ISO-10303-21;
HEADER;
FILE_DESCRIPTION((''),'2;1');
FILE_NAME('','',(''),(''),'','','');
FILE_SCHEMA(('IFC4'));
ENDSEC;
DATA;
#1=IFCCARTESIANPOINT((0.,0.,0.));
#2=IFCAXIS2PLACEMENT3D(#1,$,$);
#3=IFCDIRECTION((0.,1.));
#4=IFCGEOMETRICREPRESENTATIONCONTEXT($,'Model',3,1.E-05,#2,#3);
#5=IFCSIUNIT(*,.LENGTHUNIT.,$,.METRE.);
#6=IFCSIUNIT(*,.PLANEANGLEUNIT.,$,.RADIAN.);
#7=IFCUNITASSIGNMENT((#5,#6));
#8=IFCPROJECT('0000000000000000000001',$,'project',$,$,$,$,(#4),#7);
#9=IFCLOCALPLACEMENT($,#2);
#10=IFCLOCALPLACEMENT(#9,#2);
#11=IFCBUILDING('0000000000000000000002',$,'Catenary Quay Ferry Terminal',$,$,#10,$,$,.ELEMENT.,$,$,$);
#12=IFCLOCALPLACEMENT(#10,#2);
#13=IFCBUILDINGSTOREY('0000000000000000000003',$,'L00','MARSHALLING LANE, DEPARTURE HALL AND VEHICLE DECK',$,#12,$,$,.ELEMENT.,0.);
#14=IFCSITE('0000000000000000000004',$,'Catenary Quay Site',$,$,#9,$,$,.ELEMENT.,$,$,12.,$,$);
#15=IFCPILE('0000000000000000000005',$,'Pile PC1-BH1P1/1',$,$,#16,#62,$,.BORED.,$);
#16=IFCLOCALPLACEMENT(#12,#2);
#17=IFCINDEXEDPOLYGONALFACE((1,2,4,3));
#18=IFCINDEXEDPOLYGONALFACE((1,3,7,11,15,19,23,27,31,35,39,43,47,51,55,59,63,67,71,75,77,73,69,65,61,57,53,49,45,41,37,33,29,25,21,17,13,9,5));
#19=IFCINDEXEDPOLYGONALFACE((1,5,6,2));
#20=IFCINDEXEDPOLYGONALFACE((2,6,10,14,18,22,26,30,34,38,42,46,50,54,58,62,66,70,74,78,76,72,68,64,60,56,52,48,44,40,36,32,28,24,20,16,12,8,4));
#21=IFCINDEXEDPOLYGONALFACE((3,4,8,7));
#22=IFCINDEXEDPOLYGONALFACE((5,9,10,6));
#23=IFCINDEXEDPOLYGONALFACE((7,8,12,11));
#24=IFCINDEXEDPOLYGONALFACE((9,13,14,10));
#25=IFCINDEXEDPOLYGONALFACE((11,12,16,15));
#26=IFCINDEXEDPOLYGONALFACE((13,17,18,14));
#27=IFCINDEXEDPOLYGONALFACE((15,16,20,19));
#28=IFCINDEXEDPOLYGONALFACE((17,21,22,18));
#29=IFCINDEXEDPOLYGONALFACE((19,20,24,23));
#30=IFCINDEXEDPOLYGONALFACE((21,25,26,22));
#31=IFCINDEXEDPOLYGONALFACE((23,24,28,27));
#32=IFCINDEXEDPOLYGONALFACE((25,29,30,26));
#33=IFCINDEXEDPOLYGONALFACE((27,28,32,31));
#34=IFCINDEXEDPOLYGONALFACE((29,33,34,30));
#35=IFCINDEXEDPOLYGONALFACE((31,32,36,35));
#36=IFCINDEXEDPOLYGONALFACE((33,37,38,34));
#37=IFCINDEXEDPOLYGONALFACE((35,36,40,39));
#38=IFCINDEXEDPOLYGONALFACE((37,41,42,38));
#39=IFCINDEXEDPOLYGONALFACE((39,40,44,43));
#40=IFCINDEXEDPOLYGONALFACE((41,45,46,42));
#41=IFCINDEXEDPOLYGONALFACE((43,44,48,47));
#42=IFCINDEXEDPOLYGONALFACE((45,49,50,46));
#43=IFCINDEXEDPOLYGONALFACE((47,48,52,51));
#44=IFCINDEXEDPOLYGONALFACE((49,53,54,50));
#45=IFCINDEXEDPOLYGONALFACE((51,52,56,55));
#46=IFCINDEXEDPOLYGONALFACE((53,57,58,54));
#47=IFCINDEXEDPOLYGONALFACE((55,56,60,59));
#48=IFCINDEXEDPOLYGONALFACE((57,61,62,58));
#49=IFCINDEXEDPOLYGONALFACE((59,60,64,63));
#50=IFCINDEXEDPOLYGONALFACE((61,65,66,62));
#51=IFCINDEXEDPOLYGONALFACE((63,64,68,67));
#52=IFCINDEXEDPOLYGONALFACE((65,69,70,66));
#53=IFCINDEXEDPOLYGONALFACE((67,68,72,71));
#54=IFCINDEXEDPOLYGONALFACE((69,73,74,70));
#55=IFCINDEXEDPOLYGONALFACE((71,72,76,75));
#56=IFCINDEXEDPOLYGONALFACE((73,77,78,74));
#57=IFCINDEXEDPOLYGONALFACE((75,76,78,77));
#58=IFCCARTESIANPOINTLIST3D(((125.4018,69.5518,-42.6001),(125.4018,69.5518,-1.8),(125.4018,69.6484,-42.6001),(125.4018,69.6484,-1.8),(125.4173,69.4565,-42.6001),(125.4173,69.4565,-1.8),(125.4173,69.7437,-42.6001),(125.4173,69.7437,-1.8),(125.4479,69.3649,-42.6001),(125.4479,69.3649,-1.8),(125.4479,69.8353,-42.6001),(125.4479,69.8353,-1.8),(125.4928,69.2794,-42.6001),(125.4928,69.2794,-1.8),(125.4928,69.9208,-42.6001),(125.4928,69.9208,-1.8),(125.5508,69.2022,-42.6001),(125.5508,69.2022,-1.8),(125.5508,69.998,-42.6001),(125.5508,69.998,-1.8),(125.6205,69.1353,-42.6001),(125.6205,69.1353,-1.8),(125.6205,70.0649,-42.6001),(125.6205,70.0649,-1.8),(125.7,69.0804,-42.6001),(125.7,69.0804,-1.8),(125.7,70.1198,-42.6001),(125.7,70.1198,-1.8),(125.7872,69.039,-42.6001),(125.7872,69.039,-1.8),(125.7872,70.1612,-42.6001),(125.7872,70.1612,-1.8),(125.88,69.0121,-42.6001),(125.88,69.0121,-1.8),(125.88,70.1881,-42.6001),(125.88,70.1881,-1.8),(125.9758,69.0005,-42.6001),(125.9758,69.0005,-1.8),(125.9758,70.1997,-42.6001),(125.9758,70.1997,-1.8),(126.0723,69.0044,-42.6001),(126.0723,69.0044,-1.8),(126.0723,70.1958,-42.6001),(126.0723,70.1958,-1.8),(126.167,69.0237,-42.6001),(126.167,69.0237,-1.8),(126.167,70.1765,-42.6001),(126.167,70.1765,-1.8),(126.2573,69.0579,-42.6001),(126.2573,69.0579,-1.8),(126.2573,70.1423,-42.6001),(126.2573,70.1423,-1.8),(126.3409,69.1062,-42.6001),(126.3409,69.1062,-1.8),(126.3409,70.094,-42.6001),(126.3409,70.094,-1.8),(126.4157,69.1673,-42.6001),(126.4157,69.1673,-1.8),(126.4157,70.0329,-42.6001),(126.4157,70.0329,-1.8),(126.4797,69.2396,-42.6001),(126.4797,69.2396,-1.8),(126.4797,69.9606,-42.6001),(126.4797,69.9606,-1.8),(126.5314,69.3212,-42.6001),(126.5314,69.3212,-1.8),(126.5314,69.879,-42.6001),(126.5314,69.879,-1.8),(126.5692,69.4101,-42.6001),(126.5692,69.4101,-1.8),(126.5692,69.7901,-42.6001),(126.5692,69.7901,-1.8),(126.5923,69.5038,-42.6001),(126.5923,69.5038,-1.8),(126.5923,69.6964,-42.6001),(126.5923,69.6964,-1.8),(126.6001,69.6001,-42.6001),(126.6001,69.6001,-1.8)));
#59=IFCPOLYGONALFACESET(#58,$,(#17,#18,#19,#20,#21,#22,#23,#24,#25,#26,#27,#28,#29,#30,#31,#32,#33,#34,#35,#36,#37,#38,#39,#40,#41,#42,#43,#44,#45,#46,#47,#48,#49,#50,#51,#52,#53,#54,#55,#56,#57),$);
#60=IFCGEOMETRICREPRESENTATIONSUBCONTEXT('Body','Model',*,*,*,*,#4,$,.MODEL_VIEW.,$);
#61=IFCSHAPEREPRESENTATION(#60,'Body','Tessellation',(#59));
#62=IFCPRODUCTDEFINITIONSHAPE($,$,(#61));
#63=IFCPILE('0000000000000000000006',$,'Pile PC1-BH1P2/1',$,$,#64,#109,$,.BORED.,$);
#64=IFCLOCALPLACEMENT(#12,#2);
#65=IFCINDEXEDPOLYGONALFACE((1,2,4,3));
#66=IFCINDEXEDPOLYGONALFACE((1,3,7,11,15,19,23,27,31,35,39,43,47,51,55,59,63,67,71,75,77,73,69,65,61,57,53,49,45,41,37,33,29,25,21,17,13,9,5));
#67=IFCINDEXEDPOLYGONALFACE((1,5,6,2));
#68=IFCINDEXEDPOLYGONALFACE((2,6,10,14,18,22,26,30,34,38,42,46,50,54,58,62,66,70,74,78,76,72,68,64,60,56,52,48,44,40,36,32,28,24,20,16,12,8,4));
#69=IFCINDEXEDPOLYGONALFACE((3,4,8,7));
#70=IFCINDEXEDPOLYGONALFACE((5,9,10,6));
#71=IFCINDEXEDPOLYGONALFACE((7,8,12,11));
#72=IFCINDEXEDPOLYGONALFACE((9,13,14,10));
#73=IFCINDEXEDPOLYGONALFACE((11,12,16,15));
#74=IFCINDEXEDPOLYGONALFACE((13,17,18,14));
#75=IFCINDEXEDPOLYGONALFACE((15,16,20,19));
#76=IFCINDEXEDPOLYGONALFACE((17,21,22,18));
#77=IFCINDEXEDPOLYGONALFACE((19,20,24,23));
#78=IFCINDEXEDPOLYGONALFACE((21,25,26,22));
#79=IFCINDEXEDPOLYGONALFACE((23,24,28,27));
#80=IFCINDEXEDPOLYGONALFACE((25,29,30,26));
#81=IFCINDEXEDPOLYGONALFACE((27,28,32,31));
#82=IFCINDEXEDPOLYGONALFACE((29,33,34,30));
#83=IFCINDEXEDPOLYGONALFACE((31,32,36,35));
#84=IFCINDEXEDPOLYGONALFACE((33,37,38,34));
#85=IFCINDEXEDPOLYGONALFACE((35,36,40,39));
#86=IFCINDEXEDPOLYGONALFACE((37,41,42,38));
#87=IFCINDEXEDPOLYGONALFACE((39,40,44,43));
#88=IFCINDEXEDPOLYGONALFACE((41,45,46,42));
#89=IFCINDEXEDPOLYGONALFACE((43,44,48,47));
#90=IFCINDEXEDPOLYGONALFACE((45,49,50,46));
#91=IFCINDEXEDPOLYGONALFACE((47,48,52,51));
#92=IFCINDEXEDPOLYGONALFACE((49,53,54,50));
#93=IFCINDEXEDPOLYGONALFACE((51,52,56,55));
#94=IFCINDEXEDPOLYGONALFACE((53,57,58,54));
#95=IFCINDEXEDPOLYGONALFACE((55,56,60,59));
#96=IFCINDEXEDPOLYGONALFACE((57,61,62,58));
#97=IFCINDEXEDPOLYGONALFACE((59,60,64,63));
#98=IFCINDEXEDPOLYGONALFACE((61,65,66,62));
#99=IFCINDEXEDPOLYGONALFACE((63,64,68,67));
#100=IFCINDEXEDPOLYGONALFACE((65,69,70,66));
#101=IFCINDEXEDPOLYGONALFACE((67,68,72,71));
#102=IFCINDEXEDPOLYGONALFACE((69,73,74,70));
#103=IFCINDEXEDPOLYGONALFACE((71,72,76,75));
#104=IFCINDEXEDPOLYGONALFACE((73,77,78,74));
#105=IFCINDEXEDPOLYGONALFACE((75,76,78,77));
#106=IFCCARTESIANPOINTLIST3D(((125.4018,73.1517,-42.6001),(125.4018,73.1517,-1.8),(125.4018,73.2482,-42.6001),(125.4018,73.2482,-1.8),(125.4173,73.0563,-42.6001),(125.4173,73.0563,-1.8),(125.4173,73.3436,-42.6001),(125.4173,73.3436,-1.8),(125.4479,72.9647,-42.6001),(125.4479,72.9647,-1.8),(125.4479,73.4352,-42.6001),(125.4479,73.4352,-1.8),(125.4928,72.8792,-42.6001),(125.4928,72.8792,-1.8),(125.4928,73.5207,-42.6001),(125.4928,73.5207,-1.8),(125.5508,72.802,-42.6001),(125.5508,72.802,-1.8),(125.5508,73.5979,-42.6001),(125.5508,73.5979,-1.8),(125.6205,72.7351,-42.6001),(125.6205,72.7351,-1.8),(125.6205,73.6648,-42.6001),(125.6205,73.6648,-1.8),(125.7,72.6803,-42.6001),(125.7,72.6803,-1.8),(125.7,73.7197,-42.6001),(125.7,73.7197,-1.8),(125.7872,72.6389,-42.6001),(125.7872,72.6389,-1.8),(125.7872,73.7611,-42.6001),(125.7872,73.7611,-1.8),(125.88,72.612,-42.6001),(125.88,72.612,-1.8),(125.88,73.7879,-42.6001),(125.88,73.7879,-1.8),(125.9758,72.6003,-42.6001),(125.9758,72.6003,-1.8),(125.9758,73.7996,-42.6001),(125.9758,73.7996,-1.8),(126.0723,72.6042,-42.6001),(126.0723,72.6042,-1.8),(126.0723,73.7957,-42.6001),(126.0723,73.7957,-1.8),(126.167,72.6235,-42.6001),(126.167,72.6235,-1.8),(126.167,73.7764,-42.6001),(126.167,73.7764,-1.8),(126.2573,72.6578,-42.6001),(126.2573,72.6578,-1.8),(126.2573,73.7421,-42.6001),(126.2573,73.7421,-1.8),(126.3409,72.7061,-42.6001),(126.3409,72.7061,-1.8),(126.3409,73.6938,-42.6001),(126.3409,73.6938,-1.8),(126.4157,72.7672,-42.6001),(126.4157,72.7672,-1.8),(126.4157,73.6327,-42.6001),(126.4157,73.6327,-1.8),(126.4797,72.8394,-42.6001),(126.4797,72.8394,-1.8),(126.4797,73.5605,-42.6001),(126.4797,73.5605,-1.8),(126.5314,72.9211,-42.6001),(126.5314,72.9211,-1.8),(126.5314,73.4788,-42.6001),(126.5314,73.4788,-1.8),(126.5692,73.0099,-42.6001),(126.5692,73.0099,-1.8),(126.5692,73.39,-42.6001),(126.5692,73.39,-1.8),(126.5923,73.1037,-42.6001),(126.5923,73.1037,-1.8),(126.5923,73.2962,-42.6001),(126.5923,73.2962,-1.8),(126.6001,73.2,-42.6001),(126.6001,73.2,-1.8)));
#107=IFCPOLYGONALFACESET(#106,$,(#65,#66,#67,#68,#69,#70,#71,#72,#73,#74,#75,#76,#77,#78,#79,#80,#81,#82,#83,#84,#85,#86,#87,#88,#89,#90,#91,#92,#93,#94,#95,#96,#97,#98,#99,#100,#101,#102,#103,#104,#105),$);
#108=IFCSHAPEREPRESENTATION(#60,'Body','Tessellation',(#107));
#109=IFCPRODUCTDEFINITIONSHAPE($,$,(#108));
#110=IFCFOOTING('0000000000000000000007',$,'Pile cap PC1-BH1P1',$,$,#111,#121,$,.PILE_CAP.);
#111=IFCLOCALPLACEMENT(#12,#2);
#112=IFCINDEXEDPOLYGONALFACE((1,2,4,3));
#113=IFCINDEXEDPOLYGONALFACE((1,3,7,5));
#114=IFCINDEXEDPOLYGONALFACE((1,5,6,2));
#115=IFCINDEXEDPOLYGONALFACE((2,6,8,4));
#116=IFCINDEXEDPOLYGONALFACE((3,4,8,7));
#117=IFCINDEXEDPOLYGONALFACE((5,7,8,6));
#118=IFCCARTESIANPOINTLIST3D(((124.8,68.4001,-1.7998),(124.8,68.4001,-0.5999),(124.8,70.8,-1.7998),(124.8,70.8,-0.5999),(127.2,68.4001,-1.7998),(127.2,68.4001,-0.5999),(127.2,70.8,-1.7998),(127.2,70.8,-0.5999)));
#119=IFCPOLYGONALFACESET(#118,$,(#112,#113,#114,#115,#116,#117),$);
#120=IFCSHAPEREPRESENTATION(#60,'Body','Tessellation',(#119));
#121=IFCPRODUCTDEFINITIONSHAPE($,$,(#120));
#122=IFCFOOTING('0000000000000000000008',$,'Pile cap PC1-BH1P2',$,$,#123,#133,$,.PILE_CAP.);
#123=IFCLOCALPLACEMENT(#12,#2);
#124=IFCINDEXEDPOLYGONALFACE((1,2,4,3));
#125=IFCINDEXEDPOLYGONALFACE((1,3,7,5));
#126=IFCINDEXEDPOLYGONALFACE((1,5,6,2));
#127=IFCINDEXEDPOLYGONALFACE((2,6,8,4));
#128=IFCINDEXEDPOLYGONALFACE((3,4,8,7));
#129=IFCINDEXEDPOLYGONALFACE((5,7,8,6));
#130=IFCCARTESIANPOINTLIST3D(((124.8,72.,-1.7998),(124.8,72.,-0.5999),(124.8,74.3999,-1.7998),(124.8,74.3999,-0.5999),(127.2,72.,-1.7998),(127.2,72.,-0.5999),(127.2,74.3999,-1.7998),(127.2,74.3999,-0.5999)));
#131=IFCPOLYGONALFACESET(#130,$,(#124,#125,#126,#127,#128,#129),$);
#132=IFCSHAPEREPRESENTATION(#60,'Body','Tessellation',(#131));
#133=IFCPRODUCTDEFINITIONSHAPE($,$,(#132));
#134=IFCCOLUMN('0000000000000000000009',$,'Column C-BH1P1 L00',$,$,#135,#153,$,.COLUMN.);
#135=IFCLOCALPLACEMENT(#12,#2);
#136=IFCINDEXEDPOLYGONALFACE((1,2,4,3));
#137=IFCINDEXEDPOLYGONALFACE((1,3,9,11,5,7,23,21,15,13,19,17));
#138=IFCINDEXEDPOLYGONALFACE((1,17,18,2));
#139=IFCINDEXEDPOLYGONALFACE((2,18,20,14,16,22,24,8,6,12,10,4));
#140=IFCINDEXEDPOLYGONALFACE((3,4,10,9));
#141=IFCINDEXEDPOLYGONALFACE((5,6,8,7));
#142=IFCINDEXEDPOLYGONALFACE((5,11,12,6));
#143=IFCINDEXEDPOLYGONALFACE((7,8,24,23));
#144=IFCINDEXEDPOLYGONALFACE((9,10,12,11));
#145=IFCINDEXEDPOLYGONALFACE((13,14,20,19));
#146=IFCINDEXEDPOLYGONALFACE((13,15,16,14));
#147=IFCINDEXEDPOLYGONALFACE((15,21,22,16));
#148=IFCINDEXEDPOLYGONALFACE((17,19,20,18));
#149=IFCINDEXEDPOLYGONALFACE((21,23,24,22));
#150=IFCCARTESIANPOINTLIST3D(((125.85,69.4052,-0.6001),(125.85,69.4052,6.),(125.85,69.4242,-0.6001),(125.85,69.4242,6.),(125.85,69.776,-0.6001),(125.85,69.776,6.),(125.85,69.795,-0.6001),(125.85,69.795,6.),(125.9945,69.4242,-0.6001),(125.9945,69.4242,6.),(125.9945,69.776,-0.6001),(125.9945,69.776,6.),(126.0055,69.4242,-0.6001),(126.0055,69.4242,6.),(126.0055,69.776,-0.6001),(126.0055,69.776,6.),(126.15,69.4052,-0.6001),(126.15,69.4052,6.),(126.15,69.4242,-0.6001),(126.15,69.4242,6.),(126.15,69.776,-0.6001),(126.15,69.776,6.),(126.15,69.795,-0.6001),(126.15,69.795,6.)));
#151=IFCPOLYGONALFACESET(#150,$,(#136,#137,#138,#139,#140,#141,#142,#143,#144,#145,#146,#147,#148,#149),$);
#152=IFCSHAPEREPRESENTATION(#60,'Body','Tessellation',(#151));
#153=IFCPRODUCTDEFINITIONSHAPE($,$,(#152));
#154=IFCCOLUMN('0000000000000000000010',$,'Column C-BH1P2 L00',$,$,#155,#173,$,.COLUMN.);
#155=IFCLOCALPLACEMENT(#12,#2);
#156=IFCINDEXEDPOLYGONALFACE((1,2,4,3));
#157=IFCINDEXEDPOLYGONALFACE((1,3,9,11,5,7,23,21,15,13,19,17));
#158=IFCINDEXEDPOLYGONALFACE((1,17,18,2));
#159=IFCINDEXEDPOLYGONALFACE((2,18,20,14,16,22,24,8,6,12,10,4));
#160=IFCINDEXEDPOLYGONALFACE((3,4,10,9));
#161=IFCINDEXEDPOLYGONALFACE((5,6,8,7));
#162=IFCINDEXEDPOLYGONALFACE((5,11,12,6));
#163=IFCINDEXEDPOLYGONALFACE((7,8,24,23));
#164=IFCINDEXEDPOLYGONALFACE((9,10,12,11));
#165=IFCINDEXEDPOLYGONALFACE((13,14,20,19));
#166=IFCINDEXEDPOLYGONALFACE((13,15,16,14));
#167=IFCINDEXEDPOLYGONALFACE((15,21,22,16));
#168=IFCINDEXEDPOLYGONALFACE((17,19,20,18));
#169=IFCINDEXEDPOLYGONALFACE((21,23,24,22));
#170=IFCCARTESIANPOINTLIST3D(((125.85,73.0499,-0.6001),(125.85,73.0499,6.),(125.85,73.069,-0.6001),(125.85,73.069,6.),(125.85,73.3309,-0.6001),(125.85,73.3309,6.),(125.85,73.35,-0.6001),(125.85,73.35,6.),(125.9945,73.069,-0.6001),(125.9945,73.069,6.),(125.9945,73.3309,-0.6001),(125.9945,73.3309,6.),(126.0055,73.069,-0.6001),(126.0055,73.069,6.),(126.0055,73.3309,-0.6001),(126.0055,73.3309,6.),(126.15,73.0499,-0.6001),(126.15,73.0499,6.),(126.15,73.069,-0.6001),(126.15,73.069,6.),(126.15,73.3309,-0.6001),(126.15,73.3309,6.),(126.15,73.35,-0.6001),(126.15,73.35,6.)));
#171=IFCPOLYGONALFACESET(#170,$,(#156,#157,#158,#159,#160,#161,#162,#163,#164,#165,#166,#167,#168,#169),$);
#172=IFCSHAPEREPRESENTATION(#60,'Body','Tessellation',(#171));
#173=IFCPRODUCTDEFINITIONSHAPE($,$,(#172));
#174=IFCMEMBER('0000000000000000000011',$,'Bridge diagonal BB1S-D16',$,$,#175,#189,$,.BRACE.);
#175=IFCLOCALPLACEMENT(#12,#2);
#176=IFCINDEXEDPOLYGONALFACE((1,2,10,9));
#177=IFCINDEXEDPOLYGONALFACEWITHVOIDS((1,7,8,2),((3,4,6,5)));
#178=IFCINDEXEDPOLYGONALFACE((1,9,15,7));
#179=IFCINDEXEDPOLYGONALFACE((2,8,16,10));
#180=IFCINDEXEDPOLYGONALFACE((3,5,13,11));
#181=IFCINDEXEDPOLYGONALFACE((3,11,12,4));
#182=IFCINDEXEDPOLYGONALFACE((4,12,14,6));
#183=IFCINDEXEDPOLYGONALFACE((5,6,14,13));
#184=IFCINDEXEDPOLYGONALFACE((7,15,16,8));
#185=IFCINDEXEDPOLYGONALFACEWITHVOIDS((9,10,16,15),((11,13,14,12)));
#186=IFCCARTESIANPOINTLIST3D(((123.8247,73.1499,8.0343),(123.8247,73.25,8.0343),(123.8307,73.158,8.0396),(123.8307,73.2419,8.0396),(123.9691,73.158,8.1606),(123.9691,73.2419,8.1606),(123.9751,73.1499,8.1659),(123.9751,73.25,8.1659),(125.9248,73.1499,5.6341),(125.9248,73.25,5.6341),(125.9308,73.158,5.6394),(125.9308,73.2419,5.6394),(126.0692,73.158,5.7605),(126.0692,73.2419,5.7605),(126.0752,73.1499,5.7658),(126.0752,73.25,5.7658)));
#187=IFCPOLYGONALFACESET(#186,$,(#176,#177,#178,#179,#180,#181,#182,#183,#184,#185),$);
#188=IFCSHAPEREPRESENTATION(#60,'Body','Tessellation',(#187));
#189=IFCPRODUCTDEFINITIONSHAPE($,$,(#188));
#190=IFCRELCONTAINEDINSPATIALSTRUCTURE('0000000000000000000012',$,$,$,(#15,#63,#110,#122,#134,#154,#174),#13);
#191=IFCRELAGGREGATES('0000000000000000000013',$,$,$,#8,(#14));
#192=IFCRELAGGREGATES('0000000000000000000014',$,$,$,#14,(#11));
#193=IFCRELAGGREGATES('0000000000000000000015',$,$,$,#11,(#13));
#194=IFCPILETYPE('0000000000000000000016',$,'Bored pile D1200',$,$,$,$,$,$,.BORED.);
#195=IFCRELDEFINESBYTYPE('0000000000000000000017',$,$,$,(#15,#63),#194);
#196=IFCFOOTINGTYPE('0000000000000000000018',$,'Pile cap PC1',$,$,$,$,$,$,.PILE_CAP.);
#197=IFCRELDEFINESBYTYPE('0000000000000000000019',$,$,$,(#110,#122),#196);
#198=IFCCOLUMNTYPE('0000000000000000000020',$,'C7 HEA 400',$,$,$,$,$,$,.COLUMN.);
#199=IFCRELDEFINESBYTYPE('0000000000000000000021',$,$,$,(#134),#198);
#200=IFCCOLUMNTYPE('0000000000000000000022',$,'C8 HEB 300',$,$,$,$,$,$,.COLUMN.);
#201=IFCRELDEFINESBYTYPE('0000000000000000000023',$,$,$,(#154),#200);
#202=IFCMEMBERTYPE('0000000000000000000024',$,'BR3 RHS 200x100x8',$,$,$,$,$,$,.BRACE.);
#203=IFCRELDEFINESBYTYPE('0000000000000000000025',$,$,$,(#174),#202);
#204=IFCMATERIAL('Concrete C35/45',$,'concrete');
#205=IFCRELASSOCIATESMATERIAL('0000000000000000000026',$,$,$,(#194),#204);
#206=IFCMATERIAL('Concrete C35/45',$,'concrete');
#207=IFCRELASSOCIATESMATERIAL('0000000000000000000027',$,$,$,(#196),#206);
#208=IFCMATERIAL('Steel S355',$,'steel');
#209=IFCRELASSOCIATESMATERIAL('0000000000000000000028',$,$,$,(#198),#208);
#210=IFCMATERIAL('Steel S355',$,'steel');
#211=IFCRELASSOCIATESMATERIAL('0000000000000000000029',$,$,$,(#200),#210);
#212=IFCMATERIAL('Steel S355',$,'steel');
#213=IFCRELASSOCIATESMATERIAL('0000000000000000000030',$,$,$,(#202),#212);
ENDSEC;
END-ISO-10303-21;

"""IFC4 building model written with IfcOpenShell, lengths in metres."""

from ifc_helpers import new_model, si_unit, direction, frame, origin, origin_2d, place, context, subcontext, project, spatial, rectangle, hollow_rectangle, circle, i_section, extrude, material, material_profile, profile_set, type_object, element, save


model = new_model("IFC4")

# Units and contexts
model_context = context("Model", 3, precision=1e-05, world=origin(), true_north=direction((0.0, 1.0)))
body_context = subcontext(model_context, "Body", "Model", "MODEL_VIEW")
ifc_project = project(units=[si_unit("LENGTHUNIT", "METRE"), si_unit("PLANEANGLEUNIT", "RADIAN")], contexts=[model_context])

# Site, building, storey
site_placement = place(None, origin())
site = spatial("IfcSite", under=ifc_project, at=site_placement, Name="Catenary Quay Site", CompositionType="ELEMENT", RefElevation=12.0)
building_placement = place(site_placement, origin())
building = spatial("IfcBuilding", under=site, at=building_placement, Name="Catenary Quay Ferry Terminal", CompositionType="ELEMENT")
storey_placement = place(building_placement, origin())
storey = spatial("IfcBuildingStorey", under=building, at=storey_placement, Name="L00", Description="MARSHALLING LANE, DEPARTURE HALL AND VEHICLE DECK", CompositionType="ELEMENT", Elevation=0.0)

# Piles
ifc_material_1 = material(Name="Concrete C35/45", Category="concrete")
ifc_material_profile_1 = material_profile(ifc_material_1, circle(Radius=0.6001, at=origin_2d()), Name="D1200")
ifc_profile_set_1 = profile_set([ifc_material_profile_1], Name="Concrete C35/45")
pile_type = type_object("IfcPileType", Name="Bored pile D1200", PredefinedType="BORED", material=ifc_profile_set_1)
for number, where, z_axis, x_axis, name in (
    (1, (126.0, 69.6001, -1.8), (0.0, 0.0, -1.0), (1.0, 0.0, 0.0), "Pile PC1-BH1P1/1"),
    (2, (126.0, 73.2, -1.8), (0.0, 0.0, -1.0), (1.0, 0.0, 0.0), "Pile PC1-BH1P2/1"),
):
    element("IfcPile", number, at=place(storey_placement, frame(where, z_axis=z_axis, x_axis=x_axis)), inside=storey, type_object=pile_type, Name=name, PredefinedType="BORED", context=body_context, shape_type="SweptSolid", body=[
        extrude(circle(Radius=0.6001, at=origin_2d()), origin(), (0.0, 0.0, 1.0), 40.8),
    ])

# Footings
ifc_material_2 = material(Name="Concrete C35/45", Category="concrete")
footing_type = type_object("IfcFootingType", Name="Pile cap PC1", PredefinedType="PILE_CAP", material=ifc_material_2)
for number, where, z_axis, x_axis, name in (
    (3, (126.0, 69.6001, -1.7998), (0.0, 0.0, 1.0), (1.0, 0.0, 0.0), "Pile cap PC1-BH1P1"),
    (4, (126.0, 73.2, -1.7998), (0.0, 0.0, 1.0), (1.0, 0.0, 0.0), "Pile cap PC1-BH1P2"),
):
    element("IfcFooting", number, at=place(storey_placement, frame(where, z_axis=z_axis, x_axis=x_axis)), inside=storey, type_object=footing_type, Name=name, PredefinedType="PILE_CAP", context=body_context, shape_type="SweptSolid", body=[
        extrude(rectangle(XDim=2.3999, YDim=2.3999, at=origin_2d()), origin(), (0.0, 0.0, 1.0), 1.2),
    ])

# Columns
ifc_material_3 = material(Name="Steel S355", Category="steel")
ifc_material_profile_2 = material_profile(ifc_material_3, i_section(OverallWidth=0.3, OverallDepth=0.3899, WebThickness=0.011, FlangeThickness=0.019, at=origin_2d()), Name="HEA 400")
ifc_profile_set_2 = profile_set([ifc_material_profile_2], Name="Steel S355")
column_type_1 = type_object("IfcColumnType", Name="C7 HEA 400", PredefinedType="COLUMN", material=ifc_profile_set_2)
column_1_placement = place(storey_placement, frame((126.0, 69.6001, -0.6001), z_axis=(0.0, 0.0, 1.0), x_axis=(1.0, 0.0, 0.0)))
element("IfcColumn", 5, at=column_1_placement, inside=storey, type_object=column_type_1, Name="Column C-BH1P1 L00", PredefinedType="COLUMN", context=body_context, shape_type="SweptSolid", body=[
    extrude(i_section(OverallWidth=0.3, OverallDepth=0.3899, WebThickness=0.011, FlangeThickness=0.019, at=origin_2d()), origin(), (0.0, 0.0, 1.0), 6.6001),
])
ifc_material_4 = material(Name="Steel S355", Category="steel")
ifc_material_profile_3 = material_profile(ifc_material_4, i_section(OverallWidth=0.3, OverallDepth=0.3, WebThickness=0.011, FlangeThickness=0.019, at=origin_2d()), Name="HEB 300")
ifc_profile_set_3 = profile_set([ifc_material_profile_3], Name="Steel S355")
column_type_2 = type_object("IfcColumnType", Name="C8 HEB 300", PredefinedType="COLUMN", material=ifc_profile_set_3)
column_2_placement = place(storey_placement, frame((126.0, 73.2, -0.6001), z_axis=(0.0, 0.0, 1.0), x_axis=(1.0, 0.0, 0.0)))
element("IfcColumn", 6, at=column_2_placement, inside=storey, type_object=column_type_2, Name="Column C-BH1P2 L00", PredefinedType="COLUMN", context=body_context, shape_type="SweptSolid", body=[
    extrude(i_section(OverallWidth=0.3, OverallDepth=0.3, WebThickness=0.011, FlangeThickness=0.019, at=origin_2d()), origin(), (0.0, 0.0, 1.0), 6.6001),
])

# Member
ifc_material_5 = material(Name="Steel S355", Category="steel")
ifc_material_profile_4 = material_profile(ifc_material_5, hollow_rectangle(XDim=0.1001, YDim=0.2, WallThickness=0.0081, at=origin_2d()), Name="RHS 200x100x8")
ifc_profile_set_4 = profile_set([ifc_material_profile_4], Name="Steel S355")
member_type_1 = type_object("IfcMemberType", Name="BR3 RHS 200x100x8", PredefinedType="BRACE", material=ifc_profile_set_4)
member_1_placement = place(storey_placement, frame((123.8999, 73.2, 8.1001), z_axis=(0.658499, 0.0, -0.752581), x_axis=(0.0, 1.0, 0.0)))
element("IfcMember", 7, at=member_1_placement, inside=storey, type_object=member_type_1, Name="Bridge diagonal BB1S-D16", PredefinedType="BRACE", context=body_context, shape_type="SweptSolid", body=[
    extrude(hollow_rectangle(XDim=0.1001, YDim=0.2, WallThickness=0.0081, at=origin_2d()), origin(), (0.0, 0.0, 1.0), 3.1892),
])

save(model, "model.ifc")
